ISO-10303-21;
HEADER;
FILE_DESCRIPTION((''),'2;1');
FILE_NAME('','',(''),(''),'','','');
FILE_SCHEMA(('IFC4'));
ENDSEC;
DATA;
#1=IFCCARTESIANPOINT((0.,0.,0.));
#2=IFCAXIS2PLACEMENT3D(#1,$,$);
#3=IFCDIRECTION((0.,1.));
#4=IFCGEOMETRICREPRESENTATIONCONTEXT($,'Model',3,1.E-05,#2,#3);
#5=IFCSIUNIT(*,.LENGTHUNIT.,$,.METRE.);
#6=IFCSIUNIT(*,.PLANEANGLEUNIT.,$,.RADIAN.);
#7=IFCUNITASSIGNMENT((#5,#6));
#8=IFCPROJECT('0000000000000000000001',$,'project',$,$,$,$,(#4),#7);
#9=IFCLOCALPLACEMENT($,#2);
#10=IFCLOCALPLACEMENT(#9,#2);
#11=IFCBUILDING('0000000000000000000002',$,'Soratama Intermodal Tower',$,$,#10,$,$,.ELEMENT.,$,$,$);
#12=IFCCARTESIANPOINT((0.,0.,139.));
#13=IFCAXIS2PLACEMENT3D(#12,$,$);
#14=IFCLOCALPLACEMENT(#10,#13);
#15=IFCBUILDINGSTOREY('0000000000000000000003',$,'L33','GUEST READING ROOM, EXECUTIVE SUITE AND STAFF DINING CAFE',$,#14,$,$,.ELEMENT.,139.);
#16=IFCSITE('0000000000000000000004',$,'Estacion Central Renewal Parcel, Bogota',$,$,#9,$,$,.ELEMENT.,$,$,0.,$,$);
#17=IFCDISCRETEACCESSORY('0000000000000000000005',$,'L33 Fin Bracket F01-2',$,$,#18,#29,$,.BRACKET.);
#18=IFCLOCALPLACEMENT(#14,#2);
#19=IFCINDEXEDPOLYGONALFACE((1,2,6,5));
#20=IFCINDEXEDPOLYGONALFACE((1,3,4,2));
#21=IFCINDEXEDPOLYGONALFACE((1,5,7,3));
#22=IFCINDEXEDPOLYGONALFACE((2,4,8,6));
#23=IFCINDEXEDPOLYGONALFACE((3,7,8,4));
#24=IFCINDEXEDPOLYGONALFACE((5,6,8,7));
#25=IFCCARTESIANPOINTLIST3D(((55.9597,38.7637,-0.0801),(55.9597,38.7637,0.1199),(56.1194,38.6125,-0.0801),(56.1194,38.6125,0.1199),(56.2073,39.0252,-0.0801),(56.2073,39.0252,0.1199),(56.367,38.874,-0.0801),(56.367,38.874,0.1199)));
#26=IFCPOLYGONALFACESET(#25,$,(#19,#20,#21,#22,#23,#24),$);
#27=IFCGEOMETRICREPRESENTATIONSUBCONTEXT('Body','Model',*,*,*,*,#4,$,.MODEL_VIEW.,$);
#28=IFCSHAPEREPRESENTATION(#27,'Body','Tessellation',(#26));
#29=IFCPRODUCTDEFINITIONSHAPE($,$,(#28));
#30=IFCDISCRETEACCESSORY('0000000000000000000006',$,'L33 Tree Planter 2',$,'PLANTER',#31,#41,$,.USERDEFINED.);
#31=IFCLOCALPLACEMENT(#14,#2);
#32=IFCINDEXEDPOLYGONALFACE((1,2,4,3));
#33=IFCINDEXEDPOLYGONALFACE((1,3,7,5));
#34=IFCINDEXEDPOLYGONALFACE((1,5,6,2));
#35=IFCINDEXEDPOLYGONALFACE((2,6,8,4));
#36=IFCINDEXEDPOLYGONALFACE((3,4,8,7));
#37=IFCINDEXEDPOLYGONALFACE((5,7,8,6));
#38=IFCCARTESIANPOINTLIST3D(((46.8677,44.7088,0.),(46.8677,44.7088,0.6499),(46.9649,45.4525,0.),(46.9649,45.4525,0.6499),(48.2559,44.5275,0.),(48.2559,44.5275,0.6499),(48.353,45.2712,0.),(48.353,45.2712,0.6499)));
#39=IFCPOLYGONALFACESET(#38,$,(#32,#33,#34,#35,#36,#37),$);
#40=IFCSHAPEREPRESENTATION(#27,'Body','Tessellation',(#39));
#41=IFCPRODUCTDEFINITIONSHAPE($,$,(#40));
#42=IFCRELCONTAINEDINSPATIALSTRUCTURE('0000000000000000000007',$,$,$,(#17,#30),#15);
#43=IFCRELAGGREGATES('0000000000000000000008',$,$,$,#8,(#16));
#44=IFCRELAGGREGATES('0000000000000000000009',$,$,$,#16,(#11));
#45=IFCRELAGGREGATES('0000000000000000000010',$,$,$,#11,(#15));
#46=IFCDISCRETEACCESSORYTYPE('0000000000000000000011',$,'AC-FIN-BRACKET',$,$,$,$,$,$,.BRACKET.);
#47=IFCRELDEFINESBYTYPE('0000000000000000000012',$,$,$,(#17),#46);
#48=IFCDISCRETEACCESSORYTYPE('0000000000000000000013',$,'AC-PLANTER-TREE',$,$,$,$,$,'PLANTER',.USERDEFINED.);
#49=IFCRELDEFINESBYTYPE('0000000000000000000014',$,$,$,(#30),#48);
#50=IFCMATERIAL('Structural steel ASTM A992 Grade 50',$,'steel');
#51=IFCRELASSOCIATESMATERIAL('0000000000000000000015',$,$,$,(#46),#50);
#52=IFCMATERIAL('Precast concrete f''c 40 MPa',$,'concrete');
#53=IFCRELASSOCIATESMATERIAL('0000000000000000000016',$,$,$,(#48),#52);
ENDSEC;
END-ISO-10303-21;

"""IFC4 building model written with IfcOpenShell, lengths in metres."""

from ifc_helpers import new_model, si_unit, direction, frame, origin, origin_2d, place, context, subcontext, project, spatial, rectangle, extrude, material, type_object, element, save


model = new_model("IFC4")

# Units and contexts
model_context = context("Model", 3, precision=1e-05, world=origin(), true_north=direction((0.0, 1.0)))
body_context = subcontext(model_context, "Body", "Model", "MODEL_VIEW")
ifc_project = project(units=[si_unit("LENGTHUNIT", "METRE"), si_unit("PLANEANGLEUNIT", "RADIAN")], contexts=[model_context])

# Site, building, storey
site_placement = place(None, origin())
site = spatial("IfcSite", under=ifc_project, at=site_placement, Name="Estacion Central Renewal Parcel, Bogota", CompositionType="ELEMENT", RefElevation=0.0)
building_placement = place(site_placement, origin())
building = spatial("IfcBuilding", under=site, at=building_placement, Name="Soratama Intermodal Tower", CompositionType="ELEMENT")
storey_placement = place(building_placement, frame((0.0, 0.0, 139.0)))
storey = spatial("IfcBuildingStorey", under=building, at=storey_placement, Name="L33", Description="GUEST READING ROOM, EXECUTIVE SUITE AND STAFF DINING CAFE", CompositionType="ELEMENT", Elevation=139.0)

# Discrete accessories
ifc_material_1 = material(Name="Structural steel ASTM A992 Grade 50", Category="steel")
discrete_accessory_type_1 = type_object("IfcDiscreteAccessoryType", Name="AC-FIN-BRACKET", PredefinedType="BRACKET", material=ifc_material_1)
for number, where, z_axis, x_axis, name in (
    (1, (56.1633, 38.8188, -0.0801), (0.0, 0.0, 1.0), (0.687595, 0.726095, 0.0), "L33 Fin Bracket F01-2"),
):
    element("IfcDiscreteAccessory", number, at=place(storey_placement, frame(where, z_axis=z_axis, x_axis=x_axis)), inside=storey, type_object=discrete_accessory_type_1, Name=name, PredefinedType="BRACKET", context=body_context, shape_type="SweptSolid", body=[
        extrude(rectangle(XDim=0.3601, YDim=0.22, at=origin_2d()), origin(), (0.0, 0.0, 1.0), 0.2),
    ])
ifc_material_2 = material(Name="Precast concrete f'c 40 MPa", Category="concrete")
discrete_accessory_type_2 = type_object("IfcDiscreteAccessoryType", Name="AC-PLANTER-TREE", ElementType="PLANTER", PredefinedType="USERDEFINED", material=ifc_material_2)
discrete_accessory_placement = place(storey_placement, frame((47.6104, 44.99, 0.0), z_axis=(0.0, 0.0, 1.0), x_axis=(0.129488, 0.991581, 0.0)))
element("IfcDiscreteAccessory", 2, at=discrete_accessory_placement, inside=storey, type_object=discrete_accessory_type_2, Name="L33 Tree Planter 2", ObjectType="PLANTER", PredefinedType="USERDEFINED", context=body_context, shape_type="SweptSolid", body=[
    extrude(rectangle(XDim=0.75, YDim=1.3999, at=origin_2d()), origin(), (0.0, 0.0, 1.0), 0.6499),
])

save(model, "model.ifc")
